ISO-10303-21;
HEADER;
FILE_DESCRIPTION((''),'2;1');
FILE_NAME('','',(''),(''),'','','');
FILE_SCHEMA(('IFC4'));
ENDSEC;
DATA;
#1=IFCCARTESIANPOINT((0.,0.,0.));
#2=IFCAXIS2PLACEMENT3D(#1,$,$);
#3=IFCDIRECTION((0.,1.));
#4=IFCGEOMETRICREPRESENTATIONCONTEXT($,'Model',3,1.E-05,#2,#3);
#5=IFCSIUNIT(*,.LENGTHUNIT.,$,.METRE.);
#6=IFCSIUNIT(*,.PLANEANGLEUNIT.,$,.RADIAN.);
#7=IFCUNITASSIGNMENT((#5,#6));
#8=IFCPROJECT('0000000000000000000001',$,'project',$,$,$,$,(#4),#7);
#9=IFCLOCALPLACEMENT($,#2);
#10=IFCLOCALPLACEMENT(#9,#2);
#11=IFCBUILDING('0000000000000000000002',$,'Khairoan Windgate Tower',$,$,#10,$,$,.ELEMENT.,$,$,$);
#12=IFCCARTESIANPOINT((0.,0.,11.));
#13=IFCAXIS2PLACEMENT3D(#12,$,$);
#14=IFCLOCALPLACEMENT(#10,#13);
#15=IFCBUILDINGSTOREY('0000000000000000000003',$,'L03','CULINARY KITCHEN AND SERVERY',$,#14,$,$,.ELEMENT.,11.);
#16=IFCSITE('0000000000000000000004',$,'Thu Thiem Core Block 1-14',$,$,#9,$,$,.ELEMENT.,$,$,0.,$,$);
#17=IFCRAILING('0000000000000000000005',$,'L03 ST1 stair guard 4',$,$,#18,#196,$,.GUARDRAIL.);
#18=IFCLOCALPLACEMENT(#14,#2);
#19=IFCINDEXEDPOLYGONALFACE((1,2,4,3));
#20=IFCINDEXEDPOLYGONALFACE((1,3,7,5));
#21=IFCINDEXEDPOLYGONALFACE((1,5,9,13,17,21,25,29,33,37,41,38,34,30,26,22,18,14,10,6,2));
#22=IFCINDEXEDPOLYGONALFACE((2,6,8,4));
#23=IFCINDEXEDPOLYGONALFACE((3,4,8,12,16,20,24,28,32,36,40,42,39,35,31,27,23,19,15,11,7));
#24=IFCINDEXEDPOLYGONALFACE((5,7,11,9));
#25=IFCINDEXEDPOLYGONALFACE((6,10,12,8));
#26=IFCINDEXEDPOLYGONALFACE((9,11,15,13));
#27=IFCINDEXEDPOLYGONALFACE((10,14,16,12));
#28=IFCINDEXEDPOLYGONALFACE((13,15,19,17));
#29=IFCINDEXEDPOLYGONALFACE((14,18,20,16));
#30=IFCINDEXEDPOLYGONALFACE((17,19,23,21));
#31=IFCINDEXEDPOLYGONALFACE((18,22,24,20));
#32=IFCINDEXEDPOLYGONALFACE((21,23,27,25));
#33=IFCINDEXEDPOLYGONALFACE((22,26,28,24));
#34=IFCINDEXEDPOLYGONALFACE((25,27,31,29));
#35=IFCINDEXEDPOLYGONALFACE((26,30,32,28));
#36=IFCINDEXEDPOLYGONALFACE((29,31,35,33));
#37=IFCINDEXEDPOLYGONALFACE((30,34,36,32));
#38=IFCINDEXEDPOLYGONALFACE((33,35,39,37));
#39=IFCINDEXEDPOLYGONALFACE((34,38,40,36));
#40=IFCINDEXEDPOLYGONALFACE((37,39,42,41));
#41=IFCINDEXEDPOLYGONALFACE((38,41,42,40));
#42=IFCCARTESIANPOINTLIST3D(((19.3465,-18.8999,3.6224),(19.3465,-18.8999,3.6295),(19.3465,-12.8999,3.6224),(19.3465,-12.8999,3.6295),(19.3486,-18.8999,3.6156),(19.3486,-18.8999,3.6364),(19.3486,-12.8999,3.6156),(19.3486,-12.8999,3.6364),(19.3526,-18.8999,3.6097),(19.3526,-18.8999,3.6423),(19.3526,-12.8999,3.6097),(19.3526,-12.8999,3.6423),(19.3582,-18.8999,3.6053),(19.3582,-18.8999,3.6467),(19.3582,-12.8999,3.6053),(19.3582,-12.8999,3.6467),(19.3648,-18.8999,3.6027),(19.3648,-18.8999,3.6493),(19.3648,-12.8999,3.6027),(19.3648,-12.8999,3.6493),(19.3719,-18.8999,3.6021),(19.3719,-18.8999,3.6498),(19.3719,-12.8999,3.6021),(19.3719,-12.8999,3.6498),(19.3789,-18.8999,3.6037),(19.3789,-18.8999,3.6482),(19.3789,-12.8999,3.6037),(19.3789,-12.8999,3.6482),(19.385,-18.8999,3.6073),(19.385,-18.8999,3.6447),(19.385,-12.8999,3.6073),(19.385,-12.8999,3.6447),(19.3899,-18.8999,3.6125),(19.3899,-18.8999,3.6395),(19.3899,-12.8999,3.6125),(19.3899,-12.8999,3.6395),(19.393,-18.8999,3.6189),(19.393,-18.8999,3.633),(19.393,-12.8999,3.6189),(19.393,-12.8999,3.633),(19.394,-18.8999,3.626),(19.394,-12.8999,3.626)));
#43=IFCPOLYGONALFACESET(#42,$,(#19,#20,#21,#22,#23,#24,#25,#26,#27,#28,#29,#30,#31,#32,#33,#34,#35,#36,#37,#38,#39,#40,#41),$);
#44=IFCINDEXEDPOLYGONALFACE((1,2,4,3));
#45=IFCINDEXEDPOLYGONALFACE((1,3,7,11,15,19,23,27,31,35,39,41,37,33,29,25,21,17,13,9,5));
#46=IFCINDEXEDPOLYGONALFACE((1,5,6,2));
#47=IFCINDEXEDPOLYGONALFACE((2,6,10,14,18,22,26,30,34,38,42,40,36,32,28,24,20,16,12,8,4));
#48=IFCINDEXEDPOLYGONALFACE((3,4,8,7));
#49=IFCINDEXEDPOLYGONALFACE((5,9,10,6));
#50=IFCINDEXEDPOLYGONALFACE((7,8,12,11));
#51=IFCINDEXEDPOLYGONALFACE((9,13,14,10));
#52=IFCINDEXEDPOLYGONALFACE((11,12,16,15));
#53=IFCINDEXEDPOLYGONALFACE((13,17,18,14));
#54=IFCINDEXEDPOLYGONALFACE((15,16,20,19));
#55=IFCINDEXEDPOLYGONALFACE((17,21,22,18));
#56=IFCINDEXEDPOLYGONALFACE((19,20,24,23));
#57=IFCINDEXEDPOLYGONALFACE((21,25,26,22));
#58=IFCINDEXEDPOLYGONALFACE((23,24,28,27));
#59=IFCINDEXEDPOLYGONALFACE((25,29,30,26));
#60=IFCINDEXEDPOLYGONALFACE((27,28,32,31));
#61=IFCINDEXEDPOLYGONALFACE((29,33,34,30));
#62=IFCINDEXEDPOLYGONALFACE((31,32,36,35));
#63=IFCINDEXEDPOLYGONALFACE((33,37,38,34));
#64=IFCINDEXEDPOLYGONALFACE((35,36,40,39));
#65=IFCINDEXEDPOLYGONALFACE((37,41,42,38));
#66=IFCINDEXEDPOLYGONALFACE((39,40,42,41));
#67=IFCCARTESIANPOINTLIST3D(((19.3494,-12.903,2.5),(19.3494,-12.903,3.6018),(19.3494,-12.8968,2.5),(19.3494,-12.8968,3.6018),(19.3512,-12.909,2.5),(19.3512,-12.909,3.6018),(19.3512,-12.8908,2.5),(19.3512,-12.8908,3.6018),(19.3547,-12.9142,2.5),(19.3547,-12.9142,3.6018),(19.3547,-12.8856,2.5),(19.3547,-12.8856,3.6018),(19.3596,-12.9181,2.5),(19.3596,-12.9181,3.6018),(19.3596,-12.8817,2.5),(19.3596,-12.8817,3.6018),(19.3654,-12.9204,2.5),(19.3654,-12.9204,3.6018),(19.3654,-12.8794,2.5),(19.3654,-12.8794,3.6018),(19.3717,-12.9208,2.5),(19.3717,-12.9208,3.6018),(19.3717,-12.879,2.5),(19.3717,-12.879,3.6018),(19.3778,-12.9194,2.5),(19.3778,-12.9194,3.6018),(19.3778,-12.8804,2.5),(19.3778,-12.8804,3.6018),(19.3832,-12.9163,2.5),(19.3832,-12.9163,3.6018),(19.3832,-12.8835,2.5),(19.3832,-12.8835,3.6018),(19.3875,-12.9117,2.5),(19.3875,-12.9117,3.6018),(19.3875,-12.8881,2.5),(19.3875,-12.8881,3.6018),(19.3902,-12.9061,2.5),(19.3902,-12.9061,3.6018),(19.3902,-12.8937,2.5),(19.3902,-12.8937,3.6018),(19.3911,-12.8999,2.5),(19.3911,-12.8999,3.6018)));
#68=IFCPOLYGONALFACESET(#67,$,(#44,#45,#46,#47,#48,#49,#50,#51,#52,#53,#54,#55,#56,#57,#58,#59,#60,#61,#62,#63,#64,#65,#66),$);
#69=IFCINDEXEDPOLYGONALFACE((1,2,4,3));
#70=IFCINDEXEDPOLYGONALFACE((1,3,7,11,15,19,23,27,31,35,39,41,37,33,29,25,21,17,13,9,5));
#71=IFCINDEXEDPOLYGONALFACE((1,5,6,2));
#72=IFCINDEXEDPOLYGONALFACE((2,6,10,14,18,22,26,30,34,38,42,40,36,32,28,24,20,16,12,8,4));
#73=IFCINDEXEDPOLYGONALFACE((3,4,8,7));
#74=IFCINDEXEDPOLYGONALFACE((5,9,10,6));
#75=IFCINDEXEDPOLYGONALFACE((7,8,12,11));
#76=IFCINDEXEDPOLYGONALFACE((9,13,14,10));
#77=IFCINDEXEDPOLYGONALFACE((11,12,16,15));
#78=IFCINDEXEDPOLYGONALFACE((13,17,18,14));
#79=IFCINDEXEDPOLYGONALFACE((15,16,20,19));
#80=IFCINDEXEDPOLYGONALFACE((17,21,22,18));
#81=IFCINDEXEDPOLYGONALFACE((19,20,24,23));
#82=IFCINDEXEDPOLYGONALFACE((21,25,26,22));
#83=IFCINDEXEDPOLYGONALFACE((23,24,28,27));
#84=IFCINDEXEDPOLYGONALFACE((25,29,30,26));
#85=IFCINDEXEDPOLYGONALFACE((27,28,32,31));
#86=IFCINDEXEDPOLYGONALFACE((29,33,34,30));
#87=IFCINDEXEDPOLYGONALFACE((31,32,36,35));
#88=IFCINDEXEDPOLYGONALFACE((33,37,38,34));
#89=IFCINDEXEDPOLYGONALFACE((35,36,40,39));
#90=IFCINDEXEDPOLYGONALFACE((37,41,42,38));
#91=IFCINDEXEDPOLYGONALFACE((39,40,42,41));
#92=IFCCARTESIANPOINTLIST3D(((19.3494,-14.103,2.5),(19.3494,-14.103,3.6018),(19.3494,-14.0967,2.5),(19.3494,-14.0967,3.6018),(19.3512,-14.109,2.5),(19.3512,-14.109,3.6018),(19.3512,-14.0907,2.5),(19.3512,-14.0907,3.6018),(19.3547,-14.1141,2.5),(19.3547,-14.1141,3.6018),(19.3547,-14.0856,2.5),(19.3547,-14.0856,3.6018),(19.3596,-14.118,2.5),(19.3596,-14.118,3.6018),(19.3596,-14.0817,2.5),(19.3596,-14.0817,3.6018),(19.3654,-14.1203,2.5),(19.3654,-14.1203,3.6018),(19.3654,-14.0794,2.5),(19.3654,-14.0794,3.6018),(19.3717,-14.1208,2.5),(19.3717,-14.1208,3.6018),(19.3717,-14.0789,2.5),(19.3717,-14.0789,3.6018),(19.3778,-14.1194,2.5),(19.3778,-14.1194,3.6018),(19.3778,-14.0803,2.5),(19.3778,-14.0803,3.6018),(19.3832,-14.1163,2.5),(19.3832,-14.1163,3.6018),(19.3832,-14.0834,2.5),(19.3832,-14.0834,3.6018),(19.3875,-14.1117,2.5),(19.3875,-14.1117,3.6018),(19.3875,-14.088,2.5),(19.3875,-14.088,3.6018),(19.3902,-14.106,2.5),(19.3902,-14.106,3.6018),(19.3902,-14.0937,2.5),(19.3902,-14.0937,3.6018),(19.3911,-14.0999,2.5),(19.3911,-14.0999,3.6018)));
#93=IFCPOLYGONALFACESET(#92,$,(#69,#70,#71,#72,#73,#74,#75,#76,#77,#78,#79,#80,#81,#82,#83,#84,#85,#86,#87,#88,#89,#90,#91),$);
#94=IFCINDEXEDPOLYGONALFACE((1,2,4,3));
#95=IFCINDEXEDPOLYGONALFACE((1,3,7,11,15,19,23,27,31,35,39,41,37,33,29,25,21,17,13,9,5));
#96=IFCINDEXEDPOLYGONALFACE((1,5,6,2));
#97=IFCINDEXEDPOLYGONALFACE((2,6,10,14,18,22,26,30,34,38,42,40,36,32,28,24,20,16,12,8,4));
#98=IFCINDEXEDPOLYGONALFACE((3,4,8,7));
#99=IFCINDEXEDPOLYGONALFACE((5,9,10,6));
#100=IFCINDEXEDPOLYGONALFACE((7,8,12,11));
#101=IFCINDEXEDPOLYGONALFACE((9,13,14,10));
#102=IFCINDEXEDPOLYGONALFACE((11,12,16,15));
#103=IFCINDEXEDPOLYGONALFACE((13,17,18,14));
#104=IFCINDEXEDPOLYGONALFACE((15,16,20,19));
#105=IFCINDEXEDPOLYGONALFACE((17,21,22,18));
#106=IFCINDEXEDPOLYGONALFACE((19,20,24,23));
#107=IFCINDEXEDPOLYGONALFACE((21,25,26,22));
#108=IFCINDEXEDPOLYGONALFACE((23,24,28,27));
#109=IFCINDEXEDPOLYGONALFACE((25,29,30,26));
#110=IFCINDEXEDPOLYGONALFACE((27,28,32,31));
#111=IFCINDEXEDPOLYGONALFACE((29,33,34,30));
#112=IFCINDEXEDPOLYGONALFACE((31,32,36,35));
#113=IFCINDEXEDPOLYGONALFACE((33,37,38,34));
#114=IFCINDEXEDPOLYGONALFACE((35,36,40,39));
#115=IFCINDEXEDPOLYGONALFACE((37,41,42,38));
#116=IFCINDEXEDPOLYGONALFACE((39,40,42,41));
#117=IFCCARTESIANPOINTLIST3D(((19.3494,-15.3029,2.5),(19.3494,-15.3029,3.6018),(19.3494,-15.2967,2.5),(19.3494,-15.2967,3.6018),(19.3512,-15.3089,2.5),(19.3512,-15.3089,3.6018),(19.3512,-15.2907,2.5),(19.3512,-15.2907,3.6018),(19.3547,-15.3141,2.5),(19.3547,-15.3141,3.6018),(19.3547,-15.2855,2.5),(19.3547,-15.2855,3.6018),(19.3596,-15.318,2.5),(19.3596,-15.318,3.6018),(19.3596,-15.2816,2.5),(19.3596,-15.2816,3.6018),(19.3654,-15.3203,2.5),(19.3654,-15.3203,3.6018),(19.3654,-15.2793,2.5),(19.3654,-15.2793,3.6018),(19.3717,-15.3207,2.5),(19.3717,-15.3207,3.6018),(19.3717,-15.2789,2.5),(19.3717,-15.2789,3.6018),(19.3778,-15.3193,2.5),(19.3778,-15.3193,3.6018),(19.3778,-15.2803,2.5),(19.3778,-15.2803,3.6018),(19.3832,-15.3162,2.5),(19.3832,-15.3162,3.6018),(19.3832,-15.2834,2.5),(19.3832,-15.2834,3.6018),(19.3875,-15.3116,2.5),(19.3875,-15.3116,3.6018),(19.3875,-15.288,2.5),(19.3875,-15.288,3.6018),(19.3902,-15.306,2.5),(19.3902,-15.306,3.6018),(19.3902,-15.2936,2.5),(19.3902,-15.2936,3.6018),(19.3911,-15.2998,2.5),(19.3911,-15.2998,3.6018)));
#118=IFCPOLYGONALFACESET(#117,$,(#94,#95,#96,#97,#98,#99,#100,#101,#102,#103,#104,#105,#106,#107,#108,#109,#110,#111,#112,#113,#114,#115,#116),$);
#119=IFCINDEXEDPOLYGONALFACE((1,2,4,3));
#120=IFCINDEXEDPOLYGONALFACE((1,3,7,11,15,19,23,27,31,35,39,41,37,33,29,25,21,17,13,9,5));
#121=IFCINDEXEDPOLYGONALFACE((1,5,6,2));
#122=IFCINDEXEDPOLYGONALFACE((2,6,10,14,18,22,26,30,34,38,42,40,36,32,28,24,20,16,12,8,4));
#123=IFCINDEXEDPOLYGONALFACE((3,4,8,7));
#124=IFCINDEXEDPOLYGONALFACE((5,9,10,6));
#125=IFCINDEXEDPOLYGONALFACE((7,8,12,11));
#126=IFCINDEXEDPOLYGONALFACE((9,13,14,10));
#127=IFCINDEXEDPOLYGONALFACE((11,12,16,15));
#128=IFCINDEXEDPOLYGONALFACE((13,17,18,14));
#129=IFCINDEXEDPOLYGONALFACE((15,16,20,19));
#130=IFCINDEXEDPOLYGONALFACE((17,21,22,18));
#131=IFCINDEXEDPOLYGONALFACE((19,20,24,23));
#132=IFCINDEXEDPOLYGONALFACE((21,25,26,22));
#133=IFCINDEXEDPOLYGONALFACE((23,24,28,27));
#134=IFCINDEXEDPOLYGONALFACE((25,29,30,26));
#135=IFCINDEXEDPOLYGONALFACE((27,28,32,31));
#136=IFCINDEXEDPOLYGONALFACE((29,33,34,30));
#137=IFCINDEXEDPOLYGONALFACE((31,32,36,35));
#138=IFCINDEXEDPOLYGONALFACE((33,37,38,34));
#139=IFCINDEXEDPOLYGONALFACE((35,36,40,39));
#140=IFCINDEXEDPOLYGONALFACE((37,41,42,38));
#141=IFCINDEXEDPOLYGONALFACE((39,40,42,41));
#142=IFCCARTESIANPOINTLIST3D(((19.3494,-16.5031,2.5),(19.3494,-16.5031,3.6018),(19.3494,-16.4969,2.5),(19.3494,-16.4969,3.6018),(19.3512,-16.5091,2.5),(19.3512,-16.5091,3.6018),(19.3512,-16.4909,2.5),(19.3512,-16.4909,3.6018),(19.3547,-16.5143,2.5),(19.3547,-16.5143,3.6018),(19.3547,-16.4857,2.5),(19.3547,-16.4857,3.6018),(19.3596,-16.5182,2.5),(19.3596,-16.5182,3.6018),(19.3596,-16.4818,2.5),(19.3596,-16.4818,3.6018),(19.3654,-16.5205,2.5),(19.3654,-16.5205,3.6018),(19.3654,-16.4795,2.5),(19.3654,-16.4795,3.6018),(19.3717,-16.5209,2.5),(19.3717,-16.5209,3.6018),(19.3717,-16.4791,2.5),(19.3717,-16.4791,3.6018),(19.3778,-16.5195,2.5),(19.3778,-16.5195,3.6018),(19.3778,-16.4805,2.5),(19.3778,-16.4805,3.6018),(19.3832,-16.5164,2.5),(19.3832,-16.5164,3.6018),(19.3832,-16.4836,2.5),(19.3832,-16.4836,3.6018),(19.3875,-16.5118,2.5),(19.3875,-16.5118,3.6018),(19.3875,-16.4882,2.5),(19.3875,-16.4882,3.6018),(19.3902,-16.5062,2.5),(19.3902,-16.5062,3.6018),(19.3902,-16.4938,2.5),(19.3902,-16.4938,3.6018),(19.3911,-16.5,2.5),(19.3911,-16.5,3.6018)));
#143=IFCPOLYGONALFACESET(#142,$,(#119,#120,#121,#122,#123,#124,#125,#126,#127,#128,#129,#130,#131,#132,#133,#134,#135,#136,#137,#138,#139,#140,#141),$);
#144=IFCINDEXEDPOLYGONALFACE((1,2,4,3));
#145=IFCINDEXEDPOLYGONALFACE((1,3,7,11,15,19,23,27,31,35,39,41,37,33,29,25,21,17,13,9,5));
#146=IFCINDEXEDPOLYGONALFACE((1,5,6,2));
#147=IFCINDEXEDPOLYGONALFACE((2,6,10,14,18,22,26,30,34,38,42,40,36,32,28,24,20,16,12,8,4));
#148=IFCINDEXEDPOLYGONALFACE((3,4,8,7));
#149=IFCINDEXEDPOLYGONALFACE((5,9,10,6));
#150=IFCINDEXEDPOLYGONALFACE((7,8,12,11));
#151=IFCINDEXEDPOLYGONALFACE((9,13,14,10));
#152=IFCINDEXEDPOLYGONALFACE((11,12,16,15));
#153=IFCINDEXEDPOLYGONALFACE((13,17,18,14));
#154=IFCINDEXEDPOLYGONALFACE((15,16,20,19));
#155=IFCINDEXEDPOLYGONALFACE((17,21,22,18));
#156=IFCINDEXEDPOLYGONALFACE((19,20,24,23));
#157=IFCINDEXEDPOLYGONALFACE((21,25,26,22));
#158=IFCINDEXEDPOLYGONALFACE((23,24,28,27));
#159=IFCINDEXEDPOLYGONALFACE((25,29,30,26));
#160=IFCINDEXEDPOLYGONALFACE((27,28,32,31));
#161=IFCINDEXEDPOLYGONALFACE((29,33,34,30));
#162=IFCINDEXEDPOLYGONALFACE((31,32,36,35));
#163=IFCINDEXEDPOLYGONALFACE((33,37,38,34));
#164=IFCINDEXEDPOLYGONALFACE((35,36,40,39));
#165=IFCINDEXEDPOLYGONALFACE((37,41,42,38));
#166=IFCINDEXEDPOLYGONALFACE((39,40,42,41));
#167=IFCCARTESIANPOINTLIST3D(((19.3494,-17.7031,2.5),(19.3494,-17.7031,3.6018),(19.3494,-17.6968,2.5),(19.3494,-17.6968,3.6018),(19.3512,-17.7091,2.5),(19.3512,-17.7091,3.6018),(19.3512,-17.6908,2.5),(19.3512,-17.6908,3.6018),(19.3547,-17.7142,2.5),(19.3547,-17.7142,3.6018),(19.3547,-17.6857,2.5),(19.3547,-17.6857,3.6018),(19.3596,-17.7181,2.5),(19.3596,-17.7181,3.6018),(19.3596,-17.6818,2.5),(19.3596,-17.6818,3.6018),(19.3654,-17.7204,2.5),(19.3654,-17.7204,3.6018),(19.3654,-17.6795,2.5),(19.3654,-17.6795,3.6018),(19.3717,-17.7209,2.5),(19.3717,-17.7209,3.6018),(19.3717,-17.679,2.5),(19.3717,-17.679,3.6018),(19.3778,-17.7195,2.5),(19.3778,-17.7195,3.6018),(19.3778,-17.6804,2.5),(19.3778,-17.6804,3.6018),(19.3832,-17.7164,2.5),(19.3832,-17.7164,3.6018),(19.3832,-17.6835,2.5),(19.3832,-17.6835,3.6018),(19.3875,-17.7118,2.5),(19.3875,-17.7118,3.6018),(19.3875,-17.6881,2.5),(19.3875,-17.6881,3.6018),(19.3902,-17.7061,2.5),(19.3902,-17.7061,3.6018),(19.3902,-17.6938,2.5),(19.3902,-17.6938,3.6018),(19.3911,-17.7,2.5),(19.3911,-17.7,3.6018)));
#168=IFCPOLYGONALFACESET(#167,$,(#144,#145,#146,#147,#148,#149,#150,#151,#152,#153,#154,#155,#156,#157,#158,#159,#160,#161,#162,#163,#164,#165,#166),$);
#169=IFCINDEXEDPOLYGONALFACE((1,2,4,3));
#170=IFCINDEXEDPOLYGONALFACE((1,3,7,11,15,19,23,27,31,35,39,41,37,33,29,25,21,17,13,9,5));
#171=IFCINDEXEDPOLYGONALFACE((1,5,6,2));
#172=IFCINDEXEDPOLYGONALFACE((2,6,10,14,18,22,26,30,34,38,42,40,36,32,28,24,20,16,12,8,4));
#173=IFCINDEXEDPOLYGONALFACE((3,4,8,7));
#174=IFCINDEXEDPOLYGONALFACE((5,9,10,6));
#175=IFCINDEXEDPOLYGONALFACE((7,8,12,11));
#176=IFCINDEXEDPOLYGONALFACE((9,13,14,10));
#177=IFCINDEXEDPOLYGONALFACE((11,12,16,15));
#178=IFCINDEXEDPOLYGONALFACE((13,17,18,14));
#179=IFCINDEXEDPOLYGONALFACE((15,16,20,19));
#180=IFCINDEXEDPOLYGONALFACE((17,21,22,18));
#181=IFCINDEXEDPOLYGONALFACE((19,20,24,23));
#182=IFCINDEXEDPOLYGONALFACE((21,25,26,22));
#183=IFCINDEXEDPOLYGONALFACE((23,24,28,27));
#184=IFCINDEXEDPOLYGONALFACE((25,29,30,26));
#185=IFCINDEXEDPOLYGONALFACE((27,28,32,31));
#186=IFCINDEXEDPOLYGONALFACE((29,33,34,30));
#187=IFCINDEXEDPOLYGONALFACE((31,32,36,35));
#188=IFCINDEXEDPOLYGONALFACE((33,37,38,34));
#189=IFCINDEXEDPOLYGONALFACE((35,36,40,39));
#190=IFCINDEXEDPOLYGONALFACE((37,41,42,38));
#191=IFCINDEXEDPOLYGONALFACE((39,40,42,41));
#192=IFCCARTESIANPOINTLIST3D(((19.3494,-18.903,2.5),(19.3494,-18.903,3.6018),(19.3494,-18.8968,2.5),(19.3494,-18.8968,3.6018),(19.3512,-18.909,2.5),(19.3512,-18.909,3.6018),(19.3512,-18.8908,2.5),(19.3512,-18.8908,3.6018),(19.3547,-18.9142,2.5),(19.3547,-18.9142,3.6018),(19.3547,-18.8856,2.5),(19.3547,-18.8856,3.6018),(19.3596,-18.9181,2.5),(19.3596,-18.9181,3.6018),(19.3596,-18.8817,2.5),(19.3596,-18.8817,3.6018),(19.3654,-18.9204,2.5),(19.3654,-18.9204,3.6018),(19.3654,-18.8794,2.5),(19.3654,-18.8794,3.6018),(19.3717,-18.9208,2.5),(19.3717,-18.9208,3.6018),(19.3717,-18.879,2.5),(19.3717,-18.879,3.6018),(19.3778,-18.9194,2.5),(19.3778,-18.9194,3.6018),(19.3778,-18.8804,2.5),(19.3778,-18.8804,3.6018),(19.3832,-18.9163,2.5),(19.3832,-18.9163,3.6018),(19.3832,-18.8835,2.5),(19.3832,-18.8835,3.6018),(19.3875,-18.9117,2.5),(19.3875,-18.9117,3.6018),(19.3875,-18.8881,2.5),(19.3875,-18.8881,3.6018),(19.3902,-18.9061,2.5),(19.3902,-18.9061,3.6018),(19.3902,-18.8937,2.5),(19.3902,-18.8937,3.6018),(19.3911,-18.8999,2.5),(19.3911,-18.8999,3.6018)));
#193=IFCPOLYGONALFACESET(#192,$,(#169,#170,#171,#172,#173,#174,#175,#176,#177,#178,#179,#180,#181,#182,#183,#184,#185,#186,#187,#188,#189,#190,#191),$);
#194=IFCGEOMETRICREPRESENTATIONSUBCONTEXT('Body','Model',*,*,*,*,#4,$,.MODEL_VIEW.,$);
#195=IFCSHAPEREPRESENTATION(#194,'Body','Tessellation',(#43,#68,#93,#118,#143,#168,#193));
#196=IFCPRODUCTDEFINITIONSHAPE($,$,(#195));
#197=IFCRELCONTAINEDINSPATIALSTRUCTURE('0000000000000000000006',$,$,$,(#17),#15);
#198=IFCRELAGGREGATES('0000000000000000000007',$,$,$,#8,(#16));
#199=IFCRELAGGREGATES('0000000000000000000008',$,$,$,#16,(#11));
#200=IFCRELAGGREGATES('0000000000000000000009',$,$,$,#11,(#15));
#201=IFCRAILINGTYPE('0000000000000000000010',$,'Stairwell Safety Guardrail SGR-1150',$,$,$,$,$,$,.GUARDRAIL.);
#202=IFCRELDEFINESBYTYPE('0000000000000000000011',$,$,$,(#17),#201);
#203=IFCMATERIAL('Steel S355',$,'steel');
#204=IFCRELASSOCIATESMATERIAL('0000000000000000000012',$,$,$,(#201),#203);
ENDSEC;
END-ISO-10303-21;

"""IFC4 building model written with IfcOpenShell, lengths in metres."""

from ifc_helpers import new_model, si_unit, direction, frame, origin, origin_2d, place, context, subcontext, project, spatial, circle, extrude, material, type_object, element, save


model = new_model("IFC4")

# Units and contexts
model_context = context("Model", 3, precision=1e-05, world=origin(), true_north=direction((0.0, 1.0)))
body_context = subcontext(model_context, "Body", "Model", "MODEL_VIEW")
ifc_project = project(units=[si_unit("LENGTHUNIT", "METRE"), si_unit("PLANEANGLEUNIT", "RADIAN")], contexts=[model_context])

# Site, building, storey
site_placement = place(None, origin())
site = spatial("IfcSite", under=ifc_project, at=site_placement, Name="Thu Thiem Core Block 1-14", CompositionType="ELEMENT", RefElevation=0.0)
building_placement = place(site_placement, origin())
building = spatial("IfcBuilding", under=site, at=building_placement, Name="Khairoan Windgate Tower", CompositionType="ELEMENT")
storey_placement = place(building_placement, frame((0.0, 0.0, 11.0)))
storey = spatial("IfcBuildingStorey", under=building, at=storey_placement, Name="L03", Description="CULINARY KITCHEN AND SERVERY", CompositionType="ELEMENT", Elevation=11.0)

# Railing
ifc_material_1 = material(Name="Steel S355", Category="steel")
railing_type_1 = type_object("IfcRailingType", Name="Stairwell Safety Guardrail SGR-1150", PredefinedType="GUARDRAIL", material=ifc_material_1)
for number, where, name in (
    (1, (19.3701, -12.8999, 2.5), "L03 ST1 stair guard 4"),
):
    element("IfcRailing", number, at=place(storey_placement, frame(where)), inside=storey, type_object=railing_type_1, Name=name, PredefinedType="GUARDRAIL", context=body_context, shape_type="SweptSolid", body=[
        extrude(circle(Radius=0.0239, at=origin_2d()), frame((0.0, 0.0, 1.126), z_axis=(0.0, -1.0, 0.0), x_axis=(1.0, 0.0, 0.0)), (0.0, 0.0, 1.0), 6.0),
        extrude(circle(Radius=0.021, at=origin_2d()), origin(), (0.0, 0.0, 1.0), 1.1018),
        extrude(circle(Radius=0.021, at=origin_2d()), frame((0.0, -1.2, 0.0)), (0.0, 0.0, 1.0), 1.1018),
        extrude(circle(Radius=0.021, at=origin_2d()), frame((0.0, -2.3999, 0.0)), (0.0, 0.0, 1.0), 1.1018),
        extrude(circle(Radius=0.021, at=origin_2d()), frame((0.0, -3.6001, 0.0)), (0.0, 0.0, 1.0), 1.1018),
        extrude(circle(Radius=0.021, at=origin_2d()), frame((0.0, -4.8, 0.0)), (0.0, 0.0, 1.0), 1.1018),
        extrude(circle(Radius=0.021, at=origin_2d()), frame((0.0, -6.0, 0.0)), (0.0, 0.0, 1.0), 1.1018),
    ])

save(model, "model.ifc")
